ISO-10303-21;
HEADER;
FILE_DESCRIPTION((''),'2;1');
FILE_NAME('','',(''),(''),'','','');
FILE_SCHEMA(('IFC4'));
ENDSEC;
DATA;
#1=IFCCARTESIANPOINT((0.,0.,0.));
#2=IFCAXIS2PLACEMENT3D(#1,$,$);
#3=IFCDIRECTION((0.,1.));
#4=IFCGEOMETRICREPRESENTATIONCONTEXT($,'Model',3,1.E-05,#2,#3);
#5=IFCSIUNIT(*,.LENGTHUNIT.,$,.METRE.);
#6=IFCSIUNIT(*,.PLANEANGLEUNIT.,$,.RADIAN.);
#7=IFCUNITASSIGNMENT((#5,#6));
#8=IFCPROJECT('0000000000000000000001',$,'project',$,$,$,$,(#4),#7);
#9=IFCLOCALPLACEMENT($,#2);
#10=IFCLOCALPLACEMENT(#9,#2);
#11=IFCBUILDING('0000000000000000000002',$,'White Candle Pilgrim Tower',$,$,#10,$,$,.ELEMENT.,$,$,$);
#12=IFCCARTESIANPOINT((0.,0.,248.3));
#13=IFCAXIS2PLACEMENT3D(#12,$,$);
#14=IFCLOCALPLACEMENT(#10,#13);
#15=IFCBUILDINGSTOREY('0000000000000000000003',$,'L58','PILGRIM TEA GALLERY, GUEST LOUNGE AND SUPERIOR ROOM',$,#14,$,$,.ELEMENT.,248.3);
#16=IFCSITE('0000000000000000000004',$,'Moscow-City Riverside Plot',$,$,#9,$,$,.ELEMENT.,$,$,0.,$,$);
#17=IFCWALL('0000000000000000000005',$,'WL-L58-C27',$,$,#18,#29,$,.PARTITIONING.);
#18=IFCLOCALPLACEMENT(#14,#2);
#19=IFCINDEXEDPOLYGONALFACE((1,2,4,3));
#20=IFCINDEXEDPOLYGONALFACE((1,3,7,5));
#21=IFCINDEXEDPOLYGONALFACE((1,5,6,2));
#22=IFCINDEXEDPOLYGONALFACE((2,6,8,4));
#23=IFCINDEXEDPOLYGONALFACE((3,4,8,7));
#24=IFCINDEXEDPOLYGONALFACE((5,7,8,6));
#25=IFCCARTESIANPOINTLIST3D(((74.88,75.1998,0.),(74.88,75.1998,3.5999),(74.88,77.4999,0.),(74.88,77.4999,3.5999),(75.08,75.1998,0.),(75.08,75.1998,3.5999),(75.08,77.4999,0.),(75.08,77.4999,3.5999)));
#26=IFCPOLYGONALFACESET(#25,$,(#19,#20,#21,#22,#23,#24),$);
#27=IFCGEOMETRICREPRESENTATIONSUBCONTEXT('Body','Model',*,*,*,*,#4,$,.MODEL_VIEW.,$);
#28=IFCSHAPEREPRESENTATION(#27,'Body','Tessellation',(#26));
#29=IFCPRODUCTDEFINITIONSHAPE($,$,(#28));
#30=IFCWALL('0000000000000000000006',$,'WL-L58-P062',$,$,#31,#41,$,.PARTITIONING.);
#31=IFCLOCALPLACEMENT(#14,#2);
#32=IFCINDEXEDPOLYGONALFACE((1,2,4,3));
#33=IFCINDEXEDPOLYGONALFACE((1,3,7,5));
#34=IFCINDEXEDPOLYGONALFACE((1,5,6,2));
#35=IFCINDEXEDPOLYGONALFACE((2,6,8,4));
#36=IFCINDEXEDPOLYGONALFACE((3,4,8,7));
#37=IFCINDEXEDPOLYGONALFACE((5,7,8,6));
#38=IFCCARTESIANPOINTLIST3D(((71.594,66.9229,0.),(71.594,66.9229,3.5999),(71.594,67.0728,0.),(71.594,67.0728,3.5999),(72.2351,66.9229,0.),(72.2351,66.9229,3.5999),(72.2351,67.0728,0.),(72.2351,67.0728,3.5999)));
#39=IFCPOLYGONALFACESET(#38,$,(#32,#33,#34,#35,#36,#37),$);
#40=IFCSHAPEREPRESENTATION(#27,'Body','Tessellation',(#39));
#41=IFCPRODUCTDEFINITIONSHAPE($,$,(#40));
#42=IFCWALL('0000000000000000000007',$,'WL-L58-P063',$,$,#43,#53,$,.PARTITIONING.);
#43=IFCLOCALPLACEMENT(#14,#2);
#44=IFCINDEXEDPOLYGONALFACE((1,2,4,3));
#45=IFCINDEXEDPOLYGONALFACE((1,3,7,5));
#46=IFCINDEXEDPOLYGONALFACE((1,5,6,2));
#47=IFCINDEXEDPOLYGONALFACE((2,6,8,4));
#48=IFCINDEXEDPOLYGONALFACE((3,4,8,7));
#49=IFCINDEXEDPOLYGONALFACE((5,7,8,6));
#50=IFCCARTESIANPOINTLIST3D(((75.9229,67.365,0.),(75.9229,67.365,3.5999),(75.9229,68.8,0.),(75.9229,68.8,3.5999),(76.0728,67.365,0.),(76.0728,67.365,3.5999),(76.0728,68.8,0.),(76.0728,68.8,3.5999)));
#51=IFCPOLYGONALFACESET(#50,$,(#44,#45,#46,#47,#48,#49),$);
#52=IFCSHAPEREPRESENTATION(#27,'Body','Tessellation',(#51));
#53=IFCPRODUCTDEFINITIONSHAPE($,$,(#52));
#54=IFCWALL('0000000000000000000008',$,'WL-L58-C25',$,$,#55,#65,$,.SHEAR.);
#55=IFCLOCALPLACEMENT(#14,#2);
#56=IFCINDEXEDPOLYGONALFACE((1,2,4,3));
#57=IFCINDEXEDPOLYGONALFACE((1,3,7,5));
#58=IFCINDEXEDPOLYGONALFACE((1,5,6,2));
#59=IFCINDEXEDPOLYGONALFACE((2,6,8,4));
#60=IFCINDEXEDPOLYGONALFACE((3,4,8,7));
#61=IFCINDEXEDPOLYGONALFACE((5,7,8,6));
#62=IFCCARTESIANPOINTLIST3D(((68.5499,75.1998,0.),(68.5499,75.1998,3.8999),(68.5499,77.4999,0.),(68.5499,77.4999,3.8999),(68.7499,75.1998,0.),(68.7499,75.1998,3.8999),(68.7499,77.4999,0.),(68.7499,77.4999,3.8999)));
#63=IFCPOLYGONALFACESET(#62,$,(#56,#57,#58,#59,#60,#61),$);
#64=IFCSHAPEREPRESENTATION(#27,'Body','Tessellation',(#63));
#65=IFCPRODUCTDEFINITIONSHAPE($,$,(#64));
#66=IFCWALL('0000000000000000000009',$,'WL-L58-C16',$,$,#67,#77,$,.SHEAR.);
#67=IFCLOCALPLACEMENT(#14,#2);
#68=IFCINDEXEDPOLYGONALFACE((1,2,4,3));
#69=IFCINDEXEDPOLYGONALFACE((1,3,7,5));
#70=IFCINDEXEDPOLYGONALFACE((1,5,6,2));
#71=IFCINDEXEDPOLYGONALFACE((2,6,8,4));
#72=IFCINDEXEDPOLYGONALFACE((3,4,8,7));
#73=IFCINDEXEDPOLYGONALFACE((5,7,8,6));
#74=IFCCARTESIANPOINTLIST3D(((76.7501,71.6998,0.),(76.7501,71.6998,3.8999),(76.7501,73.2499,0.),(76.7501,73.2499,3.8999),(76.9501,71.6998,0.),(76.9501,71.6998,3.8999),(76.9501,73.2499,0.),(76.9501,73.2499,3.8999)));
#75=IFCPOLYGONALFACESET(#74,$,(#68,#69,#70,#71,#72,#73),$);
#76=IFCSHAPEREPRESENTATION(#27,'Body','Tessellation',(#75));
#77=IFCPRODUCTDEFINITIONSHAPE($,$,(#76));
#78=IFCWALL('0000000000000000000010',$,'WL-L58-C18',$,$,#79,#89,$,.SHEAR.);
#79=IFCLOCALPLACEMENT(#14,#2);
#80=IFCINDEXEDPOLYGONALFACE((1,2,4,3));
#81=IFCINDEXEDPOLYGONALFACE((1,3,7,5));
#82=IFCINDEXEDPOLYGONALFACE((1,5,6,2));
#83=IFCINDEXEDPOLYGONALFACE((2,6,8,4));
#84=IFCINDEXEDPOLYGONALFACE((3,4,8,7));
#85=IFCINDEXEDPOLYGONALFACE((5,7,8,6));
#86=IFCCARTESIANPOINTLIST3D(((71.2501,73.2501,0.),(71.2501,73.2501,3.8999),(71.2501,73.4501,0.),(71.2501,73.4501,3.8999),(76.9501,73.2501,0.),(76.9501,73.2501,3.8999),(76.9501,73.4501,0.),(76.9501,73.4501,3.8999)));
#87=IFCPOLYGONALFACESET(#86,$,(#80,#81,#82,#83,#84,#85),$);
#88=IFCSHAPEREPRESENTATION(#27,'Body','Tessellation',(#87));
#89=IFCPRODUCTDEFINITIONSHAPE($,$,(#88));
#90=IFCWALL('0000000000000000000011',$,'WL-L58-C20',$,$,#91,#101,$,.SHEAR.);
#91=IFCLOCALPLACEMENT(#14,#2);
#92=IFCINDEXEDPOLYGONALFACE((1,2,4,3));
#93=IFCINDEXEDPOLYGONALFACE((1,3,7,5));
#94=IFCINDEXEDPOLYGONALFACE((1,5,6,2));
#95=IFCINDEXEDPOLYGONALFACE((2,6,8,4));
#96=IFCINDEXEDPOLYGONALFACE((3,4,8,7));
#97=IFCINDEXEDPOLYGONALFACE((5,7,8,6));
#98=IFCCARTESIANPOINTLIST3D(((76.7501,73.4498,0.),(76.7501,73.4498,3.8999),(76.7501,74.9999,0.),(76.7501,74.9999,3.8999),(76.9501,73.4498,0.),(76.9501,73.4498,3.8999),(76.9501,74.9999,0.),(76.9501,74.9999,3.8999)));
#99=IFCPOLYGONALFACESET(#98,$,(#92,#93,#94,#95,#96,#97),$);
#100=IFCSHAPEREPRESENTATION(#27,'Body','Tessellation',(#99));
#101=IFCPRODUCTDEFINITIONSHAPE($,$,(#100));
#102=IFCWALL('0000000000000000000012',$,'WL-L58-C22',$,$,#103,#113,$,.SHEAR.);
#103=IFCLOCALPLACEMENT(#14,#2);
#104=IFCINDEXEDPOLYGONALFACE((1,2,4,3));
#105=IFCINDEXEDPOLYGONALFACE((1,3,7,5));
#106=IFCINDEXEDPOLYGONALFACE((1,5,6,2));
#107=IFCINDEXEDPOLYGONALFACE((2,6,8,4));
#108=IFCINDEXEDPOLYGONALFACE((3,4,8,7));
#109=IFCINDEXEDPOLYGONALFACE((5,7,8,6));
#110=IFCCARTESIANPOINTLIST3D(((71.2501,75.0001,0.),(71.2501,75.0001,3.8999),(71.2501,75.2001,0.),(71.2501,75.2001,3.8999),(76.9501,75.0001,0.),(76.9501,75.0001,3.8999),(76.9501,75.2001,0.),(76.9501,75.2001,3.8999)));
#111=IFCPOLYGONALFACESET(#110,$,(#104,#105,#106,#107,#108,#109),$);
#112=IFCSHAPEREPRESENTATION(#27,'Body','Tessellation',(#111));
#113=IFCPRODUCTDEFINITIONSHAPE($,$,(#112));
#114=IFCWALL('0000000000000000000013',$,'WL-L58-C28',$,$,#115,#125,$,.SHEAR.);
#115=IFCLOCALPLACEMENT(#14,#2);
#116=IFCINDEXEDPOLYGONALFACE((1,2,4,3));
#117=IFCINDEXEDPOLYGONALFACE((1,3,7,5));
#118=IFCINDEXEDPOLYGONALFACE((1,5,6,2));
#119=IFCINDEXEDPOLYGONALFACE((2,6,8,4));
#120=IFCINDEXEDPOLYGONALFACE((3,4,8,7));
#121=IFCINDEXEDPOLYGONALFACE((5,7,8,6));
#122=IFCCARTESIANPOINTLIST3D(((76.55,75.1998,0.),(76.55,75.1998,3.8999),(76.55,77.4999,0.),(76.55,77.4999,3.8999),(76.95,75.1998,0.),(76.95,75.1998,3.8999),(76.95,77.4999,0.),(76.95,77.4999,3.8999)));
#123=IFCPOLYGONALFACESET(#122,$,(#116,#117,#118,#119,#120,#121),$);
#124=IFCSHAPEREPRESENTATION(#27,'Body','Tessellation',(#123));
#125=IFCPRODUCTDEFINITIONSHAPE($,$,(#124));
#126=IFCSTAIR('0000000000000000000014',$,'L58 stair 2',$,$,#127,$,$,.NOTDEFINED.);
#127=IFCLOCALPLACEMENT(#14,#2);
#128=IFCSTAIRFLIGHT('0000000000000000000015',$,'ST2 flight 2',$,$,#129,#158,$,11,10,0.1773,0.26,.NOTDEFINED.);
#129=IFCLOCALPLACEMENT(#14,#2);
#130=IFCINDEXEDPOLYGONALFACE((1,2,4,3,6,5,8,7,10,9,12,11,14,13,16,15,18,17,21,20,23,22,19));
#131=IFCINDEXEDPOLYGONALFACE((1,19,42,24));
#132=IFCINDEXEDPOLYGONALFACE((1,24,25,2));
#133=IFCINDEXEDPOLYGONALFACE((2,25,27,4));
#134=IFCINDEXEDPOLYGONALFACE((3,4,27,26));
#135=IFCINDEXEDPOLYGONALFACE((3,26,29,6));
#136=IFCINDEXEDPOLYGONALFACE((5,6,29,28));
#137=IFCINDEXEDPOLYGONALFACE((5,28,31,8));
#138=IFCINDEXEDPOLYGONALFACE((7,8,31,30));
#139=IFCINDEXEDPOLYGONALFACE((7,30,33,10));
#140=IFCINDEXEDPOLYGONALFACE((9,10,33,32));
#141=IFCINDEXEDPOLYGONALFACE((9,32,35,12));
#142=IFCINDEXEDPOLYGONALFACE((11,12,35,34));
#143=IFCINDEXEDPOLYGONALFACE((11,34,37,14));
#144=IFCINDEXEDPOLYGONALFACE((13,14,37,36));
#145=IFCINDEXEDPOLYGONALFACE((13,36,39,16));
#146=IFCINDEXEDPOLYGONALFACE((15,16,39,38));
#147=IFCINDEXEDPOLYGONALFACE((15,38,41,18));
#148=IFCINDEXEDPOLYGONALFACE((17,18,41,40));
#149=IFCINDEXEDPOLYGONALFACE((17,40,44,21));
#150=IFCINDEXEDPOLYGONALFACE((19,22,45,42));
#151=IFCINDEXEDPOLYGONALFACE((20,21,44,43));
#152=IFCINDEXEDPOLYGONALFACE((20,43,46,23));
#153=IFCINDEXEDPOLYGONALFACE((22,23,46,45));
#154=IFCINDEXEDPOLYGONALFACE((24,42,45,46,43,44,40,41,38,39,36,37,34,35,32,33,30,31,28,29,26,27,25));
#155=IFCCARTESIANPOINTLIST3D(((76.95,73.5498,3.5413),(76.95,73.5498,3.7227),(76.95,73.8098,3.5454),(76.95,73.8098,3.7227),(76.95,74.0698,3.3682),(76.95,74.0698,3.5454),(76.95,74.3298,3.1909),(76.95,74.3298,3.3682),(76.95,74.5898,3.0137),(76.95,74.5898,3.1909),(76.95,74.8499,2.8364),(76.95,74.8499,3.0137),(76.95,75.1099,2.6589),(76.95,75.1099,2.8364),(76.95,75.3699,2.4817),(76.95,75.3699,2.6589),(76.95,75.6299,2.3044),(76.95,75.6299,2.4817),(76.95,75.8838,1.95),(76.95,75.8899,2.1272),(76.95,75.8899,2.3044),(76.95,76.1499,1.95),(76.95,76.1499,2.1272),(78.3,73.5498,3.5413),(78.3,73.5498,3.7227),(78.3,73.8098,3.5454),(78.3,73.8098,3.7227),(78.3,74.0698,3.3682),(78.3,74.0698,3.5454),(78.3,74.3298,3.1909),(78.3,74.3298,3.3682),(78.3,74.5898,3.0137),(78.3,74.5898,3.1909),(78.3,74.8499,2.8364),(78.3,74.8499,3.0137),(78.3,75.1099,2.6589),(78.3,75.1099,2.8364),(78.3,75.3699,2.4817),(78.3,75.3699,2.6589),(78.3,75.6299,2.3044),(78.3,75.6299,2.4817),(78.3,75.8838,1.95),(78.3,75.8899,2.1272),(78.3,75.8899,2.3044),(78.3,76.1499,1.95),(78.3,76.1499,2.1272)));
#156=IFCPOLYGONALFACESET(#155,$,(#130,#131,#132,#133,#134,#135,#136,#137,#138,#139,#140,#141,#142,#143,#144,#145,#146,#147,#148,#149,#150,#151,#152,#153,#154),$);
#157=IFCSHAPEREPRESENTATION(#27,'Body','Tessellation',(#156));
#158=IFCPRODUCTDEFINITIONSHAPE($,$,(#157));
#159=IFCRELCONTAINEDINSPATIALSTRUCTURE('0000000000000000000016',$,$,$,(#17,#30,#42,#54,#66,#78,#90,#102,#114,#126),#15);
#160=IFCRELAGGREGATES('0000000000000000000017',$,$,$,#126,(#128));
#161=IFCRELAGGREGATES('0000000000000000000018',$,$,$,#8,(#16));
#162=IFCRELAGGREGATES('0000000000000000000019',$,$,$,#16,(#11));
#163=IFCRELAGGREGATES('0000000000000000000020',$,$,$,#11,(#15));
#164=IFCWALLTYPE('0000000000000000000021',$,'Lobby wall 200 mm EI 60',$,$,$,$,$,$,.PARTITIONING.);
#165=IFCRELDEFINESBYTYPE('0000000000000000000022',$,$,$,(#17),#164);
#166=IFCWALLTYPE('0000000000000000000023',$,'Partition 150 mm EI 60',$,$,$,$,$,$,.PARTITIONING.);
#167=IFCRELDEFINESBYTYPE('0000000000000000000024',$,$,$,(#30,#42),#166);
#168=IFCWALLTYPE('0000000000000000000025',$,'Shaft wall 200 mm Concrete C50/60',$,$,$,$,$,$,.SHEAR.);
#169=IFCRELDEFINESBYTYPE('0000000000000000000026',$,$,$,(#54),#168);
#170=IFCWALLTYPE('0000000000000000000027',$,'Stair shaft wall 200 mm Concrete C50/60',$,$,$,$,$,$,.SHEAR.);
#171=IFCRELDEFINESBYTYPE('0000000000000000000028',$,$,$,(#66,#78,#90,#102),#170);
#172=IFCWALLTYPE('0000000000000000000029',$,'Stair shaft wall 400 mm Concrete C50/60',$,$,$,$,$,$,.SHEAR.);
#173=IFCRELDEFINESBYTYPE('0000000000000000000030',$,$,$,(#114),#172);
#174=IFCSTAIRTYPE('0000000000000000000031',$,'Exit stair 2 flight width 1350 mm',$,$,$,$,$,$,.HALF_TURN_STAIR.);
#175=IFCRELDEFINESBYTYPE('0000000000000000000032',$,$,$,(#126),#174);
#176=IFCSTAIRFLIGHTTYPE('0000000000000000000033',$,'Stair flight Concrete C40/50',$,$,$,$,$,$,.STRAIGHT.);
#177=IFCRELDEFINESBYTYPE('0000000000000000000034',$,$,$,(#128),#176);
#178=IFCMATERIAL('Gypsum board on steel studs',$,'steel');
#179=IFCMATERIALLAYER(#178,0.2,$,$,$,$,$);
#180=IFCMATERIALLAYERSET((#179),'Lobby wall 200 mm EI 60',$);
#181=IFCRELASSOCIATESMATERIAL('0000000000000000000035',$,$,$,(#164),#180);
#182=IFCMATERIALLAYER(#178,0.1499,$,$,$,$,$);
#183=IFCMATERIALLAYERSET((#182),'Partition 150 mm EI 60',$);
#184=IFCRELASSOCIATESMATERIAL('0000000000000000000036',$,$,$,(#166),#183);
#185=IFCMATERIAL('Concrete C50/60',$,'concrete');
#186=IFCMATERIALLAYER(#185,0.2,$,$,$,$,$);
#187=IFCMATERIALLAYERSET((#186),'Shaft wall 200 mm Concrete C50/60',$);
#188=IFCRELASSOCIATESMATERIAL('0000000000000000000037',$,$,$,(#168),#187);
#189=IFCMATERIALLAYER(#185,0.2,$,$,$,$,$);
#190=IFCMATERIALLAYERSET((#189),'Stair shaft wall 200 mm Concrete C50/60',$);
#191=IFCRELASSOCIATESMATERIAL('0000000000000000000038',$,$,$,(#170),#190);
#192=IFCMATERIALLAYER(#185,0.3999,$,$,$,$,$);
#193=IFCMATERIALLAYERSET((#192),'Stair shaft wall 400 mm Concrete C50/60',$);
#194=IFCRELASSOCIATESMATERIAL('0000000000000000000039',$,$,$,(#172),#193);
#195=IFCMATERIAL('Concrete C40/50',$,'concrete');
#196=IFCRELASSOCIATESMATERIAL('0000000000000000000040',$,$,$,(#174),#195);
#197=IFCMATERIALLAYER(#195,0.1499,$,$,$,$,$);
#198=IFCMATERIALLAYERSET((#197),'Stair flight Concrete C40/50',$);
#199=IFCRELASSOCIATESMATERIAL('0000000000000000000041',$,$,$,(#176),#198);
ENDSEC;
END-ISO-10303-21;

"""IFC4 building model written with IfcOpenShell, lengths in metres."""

from ifc_helpers import new_model, si_unit, direction, frame, frame_2d, origin, place, context, subcontext, project, spatial, polyline, rectangle, outline, extrude, material, layer, layer_set, type_object, element, aggregate, save


model = new_model("IFC4")

# Units and contexts
model_context = context("Model", 3, precision=1e-05, world=origin(), true_north=direction((0.0, 1.0)))
body_context = subcontext(model_context, "Body", "Model", "MODEL_VIEW")
ifc_project = project(units=[si_unit("LENGTHUNIT", "METRE"), si_unit("PLANEANGLEUNIT", "RADIAN")], contexts=[model_context])

# Site, building, storey
site_placement = place(None, origin())
site = spatial("IfcSite", under=ifc_project, at=site_placement, Name="Moscow-City Riverside Plot", CompositionType="ELEMENT", RefElevation=0.0)
building_placement = place(site_placement, origin())
building = spatial("IfcBuilding", under=site, at=building_placement, Name="White Candle Pilgrim Tower", CompositionType="ELEMENT")
storey_placement = place(building_placement, frame((0.0, 0.0, 248.3)))
storey = spatial("IfcBuildingStorey", under=building, at=storey_placement, Name="L58", Description="PILGRIM TEA GALLERY, GUEST LOUNGE AND SUPERIOR ROOM", CompositionType="ELEMENT", Elevation=248.3)

# Shared definitions
ifc_material_1 = material(Name="Gypsum board on steel studs", Category="steel")
ifc_layer_1 = layer(ifc_material_1, 0.2)
ifc_layer_set_1 = layer_set([ifc_layer_1], Name="Lobby wall 200 mm EI 60")
wall_type_1 = type_object("IfcWallType", Name="Lobby wall 200 mm EI 60", PredefinedType="PARTITIONING", material=ifc_layer_set_1)

# Walls
for number, where, z_axis, x_axis, name in (
    (1, (74.98, 75.2, 0.0), (0.0, 0.0, 1.0), (0.0, 1.0, 0.0), "WL-L58-C27"),
):
    element("IfcWall", number, at=place(storey_placement, frame(where, z_axis=z_axis, x_axis=x_axis)), inside=storey, type_object=wall_type_1, Name=name, PredefinedType="PARTITIONING", context=body_context, shape_type="SweptSolid", body=[
        extrude(rectangle(XDim=2.3, YDim=0.2, at=frame_2d((1.1499, 0.0))), origin(), (0.0, 0.0, 1.0), 3.5999),
    ])
ifc_layer_2 = layer(ifc_material_1, 0.1499)
ifc_layer_set_2 = layer_set([ifc_layer_2], Name="Partition 150 mm EI 60")
wall_type_2 = type_object("IfcWallType", Name="Partition 150 mm EI 60", PredefinedType="PARTITIONING", material=ifc_layer_set_2)
wall_1_placement = place(storey_placement, frame((72.2351, 66.9978, 0.0), z_axis=(0.0, 0.0, 1.0), x_axis=(-1.0, 0.0, 0.0)))
element("IfcWall", 2, at=wall_1_placement, inside=storey, type_object=wall_type_2, Name="WL-L58-P062", PredefinedType="PARTITIONING", context=body_context, shape_type="SweptSolid", body=[
    extrude(rectangle(XDim=0.6411, YDim=0.1499, at=frame_2d((0.3206, 0.0))), origin(), (0.0, 0.0, 1.0), 3.5999),
])
wall_2_placement = place(storey_placement, frame((75.9978, 67.365, 0.0), z_axis=(0.0, 0.0, 1.0), x_axis=(0.0, 1.0, 0.0)))
element("IfcWall", 3, at=wall_2_placement, inside=storey, type_object=wall_type_2, Name="WL-L58-P063", PredefinedType="PARTITIONING", context=body_context, shape_type="SweptSolid", body=[
    extrude(rectangle(XDim=1.4351, YDim=0.1499, at=frame_2d((0.7175, 0.0))), origin(), (0.0, 0.0, 1.0), 3.5999),
])
ifc_material_2 = material(Name="Concrete C50/60", Category="concrete")
ifc_layer_3 = layer(ifc_material_2, 0.2)
ifc_layer_set_3 = layer_set([ifc_layer_3], Name="Shaft wall 200 mm Concrete C50/60")
wall_type_3 = type_object("IfcWallType", Name="Shaft wall 200 mm Concrete C50/60", PredefinedType="SHEAR", material=ifc_layer_set_3)
wall_3_placement = place(storey_placement, frame((68.6499, 75.2, 0.0), z_axis=(0.0, 0.0, 1.0), x_axis=(0.0, 1.0, 0.0)))
element("IfcWall", 4, at=wall_3_placement, inside=storey, type_object=wall_type_3, Name="WL-L58-C25", PredefinedType="SHEAR", context=body_context, shape_type="SweptSolid", body=[
    extrude(rectangle(XDim=2.3, YDim=0.2, at=frame_2d((1.1499, 0.0))), origin(), (0.0, 0.0, 1.0), 3.8999),
])
ifc_layer_4 = layer(ifc_material_2, 0.2)
ifc_layer_set_4 = layer_set([ifc_layer_4], Name="Stair shaft wall 200 mm Concrete C50/60")
wall_type_4 = type_object("IfcWallType", Name="Stair shaft wall 200 mm Concrete C50/60", PredefinedType="SHEAR", material=ifc_layer_set_4)
wall_4_placement = place(storey_placement, frame((76.8501, 71.7, 0.0), z_axis=(0.0, 0.0, 1.0), x_axis=(0.0, 1.0, 0.0)))
element("IfcWall", 5, at=wall_4_placement, inside=storey, type_object=wall_type_4, Name="WL-L58-C16", PredefinedType="SHEAR", context=body_context, shape_type="SweptSolid", body=[
    extrude(rectangle(XDim=1.55, YDim=0.2, at=frame_2d((0.7749, 0.0))), origin(), (0.0, 0.0, 1.0), 3.8999),
])
wall_5_placement = place(storey_placement, frame((71.25, 73.3501, 0.0), z_axis=(0.0, 0.0, 1.0), x_axis=(1.0, 0.0, 0.0)))
element("IfcWall", 6, at=wall_5_placement, inside=storey, type_object=wall_type_4, Name="WL-L58-C18", PredefinedType="SHEAR", context=body_context, shape_type="SweptSolid", body=[
    extrude(rectangle(XDim=5.7, YDim=0.2, at=frame_2d((2.8501, 0.0))), origin(), (0.0, 0.0, 1.0), 3.8999),
])
wall_6_placement = place(storey_placement, frame((76.8501, 73.45, 0.0), z_axis=(0.0, 0.0, 1.0), x_axis=(0.0, 1.0, 0.0)))
element("IfcWall", 7, at=wall_6_placement, inside=storey, type_object=wall_type_4, Name="WL-L58-C20", PredefinedType="SHEAR", context=body_context, shape_type="SweptSolid", body=[
    extrude(rectangle(XDim=1.55, YDim=0.2, at=frame_2d((0.7749, 0.0))), origin(), (0.0, 0.0, 1.0), 3.8999),
])
wall_7_placement = place(storey_placement, frame((71.25, 75.1001, 0.0), z_axis=(0.0, 0.0, 1.0), x_axis=(1.0, 0.0, 0.0)))
element("IfcWall", 8, at=wall_7_placement, inside=storey, type_object=wall_type_4, Name="WL-L58-C22", PredefinedType="SHEAR", context=body_context, shape_type="SweptSolid", body=[
    extrude(rectangle(XDim=5.7, YDim=0.2, at=frame_2d((2.8501, 0.0))), origin(), (0.0, 0.0, 1.0), 3.8999),
])
ifc_layer_5 = layer(ifc_material_2, 0.3999)
ifc_layer_set_5 = layer_set([ifc_layer_5], Name="Stair shaft wall 400 mm Concrete C50/60")
wall_type_5 = type_object("IfcWallType", Name="Stair shaft wall 400 mm Concrete C50/60", PredefinedType="SHEAR", material=ifc_layer_set_5)
wall_8_placement = place(storey_placement, frame((76.75, 75.2, 0.0), z_axis=(0.0, 0.0, 1.0), x_axis=(0.0, 1.0, 0.0)))
element("IfcWall", 9, at=wall_8_placement, inside=storey, type_object=wall_type_5, Name="WL-L58-C28", PredefinedType="SHEAR", context=body_context, shape_type="SweptSolid", body=[
    extrude(rectangle(XDim=2.3, YDim=0.3999, at=frame_2d((1.1499, 0.0))), origin(), (0.0, 0.0, 1.0), 3.8999),
])

# Stair, stair flight
ifc_material_3 = material(Name="Concrete C40/50", Category="concrete")
stair_type = type_object("IfcStairType", Name="Exit stair 2 flight width 1350 mm", PredefinedType="HALF_TURN_STAIR", material=ifc_material_3)
stair_placement = place(storey_placement, origin())
stair = element("IfcStair", 10, at=stair_placement, inside=storey, type_object=stair_type, Name="L58 stair 2", PredefinedType="NOTDEFINED")
ifc_layer_6 = layer(ifc_material_3, 0.1499)
ifc_layer_set_6 = layer_set([ifc_layer_6], Name="Stair flight Concrete C40/50")
stair_flight_type = type_object("IfcStairFlightType", Name="Stair flight Concrete C40/50", PredefinedType="STRAIGHT", material=ifc_layer_set_6)
stair_flight_placement = place(storey_placement, frame((77.625, 76.1499, 1.95), z_axis=(0.0, 0.0, 1.0), x_axis=(0.0, -1.0, 0.0)))
stair_flight = element("IfcStairFlight", 11, at=stair_flight_placement, type_object=stair_flight_type, Name="ST2 flight 2", NumberOfRisers=11, NumberOfTreads=10, PredefinedType="NOTDEFINED", RiserHeight=0.1773, TreadLength=0.26, context=body_context, shape_type="SweptSolid", body=[
    extrude(outline(polyline([(0.0, 0.0), (0.0, 0.1772), (0.26, 0.1772), (0.26, 0.3545), (0.52, 0.3545), (0.52, 0.5317), (0.78, 0.5317), (0.78, 0.709), (1.04, 0.709), (1.04, 0.8865), (1.3, 0.8865), (1.3, 1.0637), (1.5601, 1.0637), (1.5601, 1.241), (1.8201, 1.241), (1.8201, 1.4182), (2.0801, 1.4182), (2.0801, 1.5955), (2.3401, 1.5955), (2.3401, 1.7727), (2.6001, 1.7727), (2.6001, 1.95), (2.6001, 1.5913), (0.2661, 0.0), (0.0, 0.0)])), frame((0.0, 0.675, 0.0), z_axis=(0.0, -1.0, 0.0), x_axis=(1.0, 0.0, 0.0)), (0.0, 0.0, 1.0), 1.3501),
])
aggregate(stair, [stair_flight])

save(model, "model.ifc")
